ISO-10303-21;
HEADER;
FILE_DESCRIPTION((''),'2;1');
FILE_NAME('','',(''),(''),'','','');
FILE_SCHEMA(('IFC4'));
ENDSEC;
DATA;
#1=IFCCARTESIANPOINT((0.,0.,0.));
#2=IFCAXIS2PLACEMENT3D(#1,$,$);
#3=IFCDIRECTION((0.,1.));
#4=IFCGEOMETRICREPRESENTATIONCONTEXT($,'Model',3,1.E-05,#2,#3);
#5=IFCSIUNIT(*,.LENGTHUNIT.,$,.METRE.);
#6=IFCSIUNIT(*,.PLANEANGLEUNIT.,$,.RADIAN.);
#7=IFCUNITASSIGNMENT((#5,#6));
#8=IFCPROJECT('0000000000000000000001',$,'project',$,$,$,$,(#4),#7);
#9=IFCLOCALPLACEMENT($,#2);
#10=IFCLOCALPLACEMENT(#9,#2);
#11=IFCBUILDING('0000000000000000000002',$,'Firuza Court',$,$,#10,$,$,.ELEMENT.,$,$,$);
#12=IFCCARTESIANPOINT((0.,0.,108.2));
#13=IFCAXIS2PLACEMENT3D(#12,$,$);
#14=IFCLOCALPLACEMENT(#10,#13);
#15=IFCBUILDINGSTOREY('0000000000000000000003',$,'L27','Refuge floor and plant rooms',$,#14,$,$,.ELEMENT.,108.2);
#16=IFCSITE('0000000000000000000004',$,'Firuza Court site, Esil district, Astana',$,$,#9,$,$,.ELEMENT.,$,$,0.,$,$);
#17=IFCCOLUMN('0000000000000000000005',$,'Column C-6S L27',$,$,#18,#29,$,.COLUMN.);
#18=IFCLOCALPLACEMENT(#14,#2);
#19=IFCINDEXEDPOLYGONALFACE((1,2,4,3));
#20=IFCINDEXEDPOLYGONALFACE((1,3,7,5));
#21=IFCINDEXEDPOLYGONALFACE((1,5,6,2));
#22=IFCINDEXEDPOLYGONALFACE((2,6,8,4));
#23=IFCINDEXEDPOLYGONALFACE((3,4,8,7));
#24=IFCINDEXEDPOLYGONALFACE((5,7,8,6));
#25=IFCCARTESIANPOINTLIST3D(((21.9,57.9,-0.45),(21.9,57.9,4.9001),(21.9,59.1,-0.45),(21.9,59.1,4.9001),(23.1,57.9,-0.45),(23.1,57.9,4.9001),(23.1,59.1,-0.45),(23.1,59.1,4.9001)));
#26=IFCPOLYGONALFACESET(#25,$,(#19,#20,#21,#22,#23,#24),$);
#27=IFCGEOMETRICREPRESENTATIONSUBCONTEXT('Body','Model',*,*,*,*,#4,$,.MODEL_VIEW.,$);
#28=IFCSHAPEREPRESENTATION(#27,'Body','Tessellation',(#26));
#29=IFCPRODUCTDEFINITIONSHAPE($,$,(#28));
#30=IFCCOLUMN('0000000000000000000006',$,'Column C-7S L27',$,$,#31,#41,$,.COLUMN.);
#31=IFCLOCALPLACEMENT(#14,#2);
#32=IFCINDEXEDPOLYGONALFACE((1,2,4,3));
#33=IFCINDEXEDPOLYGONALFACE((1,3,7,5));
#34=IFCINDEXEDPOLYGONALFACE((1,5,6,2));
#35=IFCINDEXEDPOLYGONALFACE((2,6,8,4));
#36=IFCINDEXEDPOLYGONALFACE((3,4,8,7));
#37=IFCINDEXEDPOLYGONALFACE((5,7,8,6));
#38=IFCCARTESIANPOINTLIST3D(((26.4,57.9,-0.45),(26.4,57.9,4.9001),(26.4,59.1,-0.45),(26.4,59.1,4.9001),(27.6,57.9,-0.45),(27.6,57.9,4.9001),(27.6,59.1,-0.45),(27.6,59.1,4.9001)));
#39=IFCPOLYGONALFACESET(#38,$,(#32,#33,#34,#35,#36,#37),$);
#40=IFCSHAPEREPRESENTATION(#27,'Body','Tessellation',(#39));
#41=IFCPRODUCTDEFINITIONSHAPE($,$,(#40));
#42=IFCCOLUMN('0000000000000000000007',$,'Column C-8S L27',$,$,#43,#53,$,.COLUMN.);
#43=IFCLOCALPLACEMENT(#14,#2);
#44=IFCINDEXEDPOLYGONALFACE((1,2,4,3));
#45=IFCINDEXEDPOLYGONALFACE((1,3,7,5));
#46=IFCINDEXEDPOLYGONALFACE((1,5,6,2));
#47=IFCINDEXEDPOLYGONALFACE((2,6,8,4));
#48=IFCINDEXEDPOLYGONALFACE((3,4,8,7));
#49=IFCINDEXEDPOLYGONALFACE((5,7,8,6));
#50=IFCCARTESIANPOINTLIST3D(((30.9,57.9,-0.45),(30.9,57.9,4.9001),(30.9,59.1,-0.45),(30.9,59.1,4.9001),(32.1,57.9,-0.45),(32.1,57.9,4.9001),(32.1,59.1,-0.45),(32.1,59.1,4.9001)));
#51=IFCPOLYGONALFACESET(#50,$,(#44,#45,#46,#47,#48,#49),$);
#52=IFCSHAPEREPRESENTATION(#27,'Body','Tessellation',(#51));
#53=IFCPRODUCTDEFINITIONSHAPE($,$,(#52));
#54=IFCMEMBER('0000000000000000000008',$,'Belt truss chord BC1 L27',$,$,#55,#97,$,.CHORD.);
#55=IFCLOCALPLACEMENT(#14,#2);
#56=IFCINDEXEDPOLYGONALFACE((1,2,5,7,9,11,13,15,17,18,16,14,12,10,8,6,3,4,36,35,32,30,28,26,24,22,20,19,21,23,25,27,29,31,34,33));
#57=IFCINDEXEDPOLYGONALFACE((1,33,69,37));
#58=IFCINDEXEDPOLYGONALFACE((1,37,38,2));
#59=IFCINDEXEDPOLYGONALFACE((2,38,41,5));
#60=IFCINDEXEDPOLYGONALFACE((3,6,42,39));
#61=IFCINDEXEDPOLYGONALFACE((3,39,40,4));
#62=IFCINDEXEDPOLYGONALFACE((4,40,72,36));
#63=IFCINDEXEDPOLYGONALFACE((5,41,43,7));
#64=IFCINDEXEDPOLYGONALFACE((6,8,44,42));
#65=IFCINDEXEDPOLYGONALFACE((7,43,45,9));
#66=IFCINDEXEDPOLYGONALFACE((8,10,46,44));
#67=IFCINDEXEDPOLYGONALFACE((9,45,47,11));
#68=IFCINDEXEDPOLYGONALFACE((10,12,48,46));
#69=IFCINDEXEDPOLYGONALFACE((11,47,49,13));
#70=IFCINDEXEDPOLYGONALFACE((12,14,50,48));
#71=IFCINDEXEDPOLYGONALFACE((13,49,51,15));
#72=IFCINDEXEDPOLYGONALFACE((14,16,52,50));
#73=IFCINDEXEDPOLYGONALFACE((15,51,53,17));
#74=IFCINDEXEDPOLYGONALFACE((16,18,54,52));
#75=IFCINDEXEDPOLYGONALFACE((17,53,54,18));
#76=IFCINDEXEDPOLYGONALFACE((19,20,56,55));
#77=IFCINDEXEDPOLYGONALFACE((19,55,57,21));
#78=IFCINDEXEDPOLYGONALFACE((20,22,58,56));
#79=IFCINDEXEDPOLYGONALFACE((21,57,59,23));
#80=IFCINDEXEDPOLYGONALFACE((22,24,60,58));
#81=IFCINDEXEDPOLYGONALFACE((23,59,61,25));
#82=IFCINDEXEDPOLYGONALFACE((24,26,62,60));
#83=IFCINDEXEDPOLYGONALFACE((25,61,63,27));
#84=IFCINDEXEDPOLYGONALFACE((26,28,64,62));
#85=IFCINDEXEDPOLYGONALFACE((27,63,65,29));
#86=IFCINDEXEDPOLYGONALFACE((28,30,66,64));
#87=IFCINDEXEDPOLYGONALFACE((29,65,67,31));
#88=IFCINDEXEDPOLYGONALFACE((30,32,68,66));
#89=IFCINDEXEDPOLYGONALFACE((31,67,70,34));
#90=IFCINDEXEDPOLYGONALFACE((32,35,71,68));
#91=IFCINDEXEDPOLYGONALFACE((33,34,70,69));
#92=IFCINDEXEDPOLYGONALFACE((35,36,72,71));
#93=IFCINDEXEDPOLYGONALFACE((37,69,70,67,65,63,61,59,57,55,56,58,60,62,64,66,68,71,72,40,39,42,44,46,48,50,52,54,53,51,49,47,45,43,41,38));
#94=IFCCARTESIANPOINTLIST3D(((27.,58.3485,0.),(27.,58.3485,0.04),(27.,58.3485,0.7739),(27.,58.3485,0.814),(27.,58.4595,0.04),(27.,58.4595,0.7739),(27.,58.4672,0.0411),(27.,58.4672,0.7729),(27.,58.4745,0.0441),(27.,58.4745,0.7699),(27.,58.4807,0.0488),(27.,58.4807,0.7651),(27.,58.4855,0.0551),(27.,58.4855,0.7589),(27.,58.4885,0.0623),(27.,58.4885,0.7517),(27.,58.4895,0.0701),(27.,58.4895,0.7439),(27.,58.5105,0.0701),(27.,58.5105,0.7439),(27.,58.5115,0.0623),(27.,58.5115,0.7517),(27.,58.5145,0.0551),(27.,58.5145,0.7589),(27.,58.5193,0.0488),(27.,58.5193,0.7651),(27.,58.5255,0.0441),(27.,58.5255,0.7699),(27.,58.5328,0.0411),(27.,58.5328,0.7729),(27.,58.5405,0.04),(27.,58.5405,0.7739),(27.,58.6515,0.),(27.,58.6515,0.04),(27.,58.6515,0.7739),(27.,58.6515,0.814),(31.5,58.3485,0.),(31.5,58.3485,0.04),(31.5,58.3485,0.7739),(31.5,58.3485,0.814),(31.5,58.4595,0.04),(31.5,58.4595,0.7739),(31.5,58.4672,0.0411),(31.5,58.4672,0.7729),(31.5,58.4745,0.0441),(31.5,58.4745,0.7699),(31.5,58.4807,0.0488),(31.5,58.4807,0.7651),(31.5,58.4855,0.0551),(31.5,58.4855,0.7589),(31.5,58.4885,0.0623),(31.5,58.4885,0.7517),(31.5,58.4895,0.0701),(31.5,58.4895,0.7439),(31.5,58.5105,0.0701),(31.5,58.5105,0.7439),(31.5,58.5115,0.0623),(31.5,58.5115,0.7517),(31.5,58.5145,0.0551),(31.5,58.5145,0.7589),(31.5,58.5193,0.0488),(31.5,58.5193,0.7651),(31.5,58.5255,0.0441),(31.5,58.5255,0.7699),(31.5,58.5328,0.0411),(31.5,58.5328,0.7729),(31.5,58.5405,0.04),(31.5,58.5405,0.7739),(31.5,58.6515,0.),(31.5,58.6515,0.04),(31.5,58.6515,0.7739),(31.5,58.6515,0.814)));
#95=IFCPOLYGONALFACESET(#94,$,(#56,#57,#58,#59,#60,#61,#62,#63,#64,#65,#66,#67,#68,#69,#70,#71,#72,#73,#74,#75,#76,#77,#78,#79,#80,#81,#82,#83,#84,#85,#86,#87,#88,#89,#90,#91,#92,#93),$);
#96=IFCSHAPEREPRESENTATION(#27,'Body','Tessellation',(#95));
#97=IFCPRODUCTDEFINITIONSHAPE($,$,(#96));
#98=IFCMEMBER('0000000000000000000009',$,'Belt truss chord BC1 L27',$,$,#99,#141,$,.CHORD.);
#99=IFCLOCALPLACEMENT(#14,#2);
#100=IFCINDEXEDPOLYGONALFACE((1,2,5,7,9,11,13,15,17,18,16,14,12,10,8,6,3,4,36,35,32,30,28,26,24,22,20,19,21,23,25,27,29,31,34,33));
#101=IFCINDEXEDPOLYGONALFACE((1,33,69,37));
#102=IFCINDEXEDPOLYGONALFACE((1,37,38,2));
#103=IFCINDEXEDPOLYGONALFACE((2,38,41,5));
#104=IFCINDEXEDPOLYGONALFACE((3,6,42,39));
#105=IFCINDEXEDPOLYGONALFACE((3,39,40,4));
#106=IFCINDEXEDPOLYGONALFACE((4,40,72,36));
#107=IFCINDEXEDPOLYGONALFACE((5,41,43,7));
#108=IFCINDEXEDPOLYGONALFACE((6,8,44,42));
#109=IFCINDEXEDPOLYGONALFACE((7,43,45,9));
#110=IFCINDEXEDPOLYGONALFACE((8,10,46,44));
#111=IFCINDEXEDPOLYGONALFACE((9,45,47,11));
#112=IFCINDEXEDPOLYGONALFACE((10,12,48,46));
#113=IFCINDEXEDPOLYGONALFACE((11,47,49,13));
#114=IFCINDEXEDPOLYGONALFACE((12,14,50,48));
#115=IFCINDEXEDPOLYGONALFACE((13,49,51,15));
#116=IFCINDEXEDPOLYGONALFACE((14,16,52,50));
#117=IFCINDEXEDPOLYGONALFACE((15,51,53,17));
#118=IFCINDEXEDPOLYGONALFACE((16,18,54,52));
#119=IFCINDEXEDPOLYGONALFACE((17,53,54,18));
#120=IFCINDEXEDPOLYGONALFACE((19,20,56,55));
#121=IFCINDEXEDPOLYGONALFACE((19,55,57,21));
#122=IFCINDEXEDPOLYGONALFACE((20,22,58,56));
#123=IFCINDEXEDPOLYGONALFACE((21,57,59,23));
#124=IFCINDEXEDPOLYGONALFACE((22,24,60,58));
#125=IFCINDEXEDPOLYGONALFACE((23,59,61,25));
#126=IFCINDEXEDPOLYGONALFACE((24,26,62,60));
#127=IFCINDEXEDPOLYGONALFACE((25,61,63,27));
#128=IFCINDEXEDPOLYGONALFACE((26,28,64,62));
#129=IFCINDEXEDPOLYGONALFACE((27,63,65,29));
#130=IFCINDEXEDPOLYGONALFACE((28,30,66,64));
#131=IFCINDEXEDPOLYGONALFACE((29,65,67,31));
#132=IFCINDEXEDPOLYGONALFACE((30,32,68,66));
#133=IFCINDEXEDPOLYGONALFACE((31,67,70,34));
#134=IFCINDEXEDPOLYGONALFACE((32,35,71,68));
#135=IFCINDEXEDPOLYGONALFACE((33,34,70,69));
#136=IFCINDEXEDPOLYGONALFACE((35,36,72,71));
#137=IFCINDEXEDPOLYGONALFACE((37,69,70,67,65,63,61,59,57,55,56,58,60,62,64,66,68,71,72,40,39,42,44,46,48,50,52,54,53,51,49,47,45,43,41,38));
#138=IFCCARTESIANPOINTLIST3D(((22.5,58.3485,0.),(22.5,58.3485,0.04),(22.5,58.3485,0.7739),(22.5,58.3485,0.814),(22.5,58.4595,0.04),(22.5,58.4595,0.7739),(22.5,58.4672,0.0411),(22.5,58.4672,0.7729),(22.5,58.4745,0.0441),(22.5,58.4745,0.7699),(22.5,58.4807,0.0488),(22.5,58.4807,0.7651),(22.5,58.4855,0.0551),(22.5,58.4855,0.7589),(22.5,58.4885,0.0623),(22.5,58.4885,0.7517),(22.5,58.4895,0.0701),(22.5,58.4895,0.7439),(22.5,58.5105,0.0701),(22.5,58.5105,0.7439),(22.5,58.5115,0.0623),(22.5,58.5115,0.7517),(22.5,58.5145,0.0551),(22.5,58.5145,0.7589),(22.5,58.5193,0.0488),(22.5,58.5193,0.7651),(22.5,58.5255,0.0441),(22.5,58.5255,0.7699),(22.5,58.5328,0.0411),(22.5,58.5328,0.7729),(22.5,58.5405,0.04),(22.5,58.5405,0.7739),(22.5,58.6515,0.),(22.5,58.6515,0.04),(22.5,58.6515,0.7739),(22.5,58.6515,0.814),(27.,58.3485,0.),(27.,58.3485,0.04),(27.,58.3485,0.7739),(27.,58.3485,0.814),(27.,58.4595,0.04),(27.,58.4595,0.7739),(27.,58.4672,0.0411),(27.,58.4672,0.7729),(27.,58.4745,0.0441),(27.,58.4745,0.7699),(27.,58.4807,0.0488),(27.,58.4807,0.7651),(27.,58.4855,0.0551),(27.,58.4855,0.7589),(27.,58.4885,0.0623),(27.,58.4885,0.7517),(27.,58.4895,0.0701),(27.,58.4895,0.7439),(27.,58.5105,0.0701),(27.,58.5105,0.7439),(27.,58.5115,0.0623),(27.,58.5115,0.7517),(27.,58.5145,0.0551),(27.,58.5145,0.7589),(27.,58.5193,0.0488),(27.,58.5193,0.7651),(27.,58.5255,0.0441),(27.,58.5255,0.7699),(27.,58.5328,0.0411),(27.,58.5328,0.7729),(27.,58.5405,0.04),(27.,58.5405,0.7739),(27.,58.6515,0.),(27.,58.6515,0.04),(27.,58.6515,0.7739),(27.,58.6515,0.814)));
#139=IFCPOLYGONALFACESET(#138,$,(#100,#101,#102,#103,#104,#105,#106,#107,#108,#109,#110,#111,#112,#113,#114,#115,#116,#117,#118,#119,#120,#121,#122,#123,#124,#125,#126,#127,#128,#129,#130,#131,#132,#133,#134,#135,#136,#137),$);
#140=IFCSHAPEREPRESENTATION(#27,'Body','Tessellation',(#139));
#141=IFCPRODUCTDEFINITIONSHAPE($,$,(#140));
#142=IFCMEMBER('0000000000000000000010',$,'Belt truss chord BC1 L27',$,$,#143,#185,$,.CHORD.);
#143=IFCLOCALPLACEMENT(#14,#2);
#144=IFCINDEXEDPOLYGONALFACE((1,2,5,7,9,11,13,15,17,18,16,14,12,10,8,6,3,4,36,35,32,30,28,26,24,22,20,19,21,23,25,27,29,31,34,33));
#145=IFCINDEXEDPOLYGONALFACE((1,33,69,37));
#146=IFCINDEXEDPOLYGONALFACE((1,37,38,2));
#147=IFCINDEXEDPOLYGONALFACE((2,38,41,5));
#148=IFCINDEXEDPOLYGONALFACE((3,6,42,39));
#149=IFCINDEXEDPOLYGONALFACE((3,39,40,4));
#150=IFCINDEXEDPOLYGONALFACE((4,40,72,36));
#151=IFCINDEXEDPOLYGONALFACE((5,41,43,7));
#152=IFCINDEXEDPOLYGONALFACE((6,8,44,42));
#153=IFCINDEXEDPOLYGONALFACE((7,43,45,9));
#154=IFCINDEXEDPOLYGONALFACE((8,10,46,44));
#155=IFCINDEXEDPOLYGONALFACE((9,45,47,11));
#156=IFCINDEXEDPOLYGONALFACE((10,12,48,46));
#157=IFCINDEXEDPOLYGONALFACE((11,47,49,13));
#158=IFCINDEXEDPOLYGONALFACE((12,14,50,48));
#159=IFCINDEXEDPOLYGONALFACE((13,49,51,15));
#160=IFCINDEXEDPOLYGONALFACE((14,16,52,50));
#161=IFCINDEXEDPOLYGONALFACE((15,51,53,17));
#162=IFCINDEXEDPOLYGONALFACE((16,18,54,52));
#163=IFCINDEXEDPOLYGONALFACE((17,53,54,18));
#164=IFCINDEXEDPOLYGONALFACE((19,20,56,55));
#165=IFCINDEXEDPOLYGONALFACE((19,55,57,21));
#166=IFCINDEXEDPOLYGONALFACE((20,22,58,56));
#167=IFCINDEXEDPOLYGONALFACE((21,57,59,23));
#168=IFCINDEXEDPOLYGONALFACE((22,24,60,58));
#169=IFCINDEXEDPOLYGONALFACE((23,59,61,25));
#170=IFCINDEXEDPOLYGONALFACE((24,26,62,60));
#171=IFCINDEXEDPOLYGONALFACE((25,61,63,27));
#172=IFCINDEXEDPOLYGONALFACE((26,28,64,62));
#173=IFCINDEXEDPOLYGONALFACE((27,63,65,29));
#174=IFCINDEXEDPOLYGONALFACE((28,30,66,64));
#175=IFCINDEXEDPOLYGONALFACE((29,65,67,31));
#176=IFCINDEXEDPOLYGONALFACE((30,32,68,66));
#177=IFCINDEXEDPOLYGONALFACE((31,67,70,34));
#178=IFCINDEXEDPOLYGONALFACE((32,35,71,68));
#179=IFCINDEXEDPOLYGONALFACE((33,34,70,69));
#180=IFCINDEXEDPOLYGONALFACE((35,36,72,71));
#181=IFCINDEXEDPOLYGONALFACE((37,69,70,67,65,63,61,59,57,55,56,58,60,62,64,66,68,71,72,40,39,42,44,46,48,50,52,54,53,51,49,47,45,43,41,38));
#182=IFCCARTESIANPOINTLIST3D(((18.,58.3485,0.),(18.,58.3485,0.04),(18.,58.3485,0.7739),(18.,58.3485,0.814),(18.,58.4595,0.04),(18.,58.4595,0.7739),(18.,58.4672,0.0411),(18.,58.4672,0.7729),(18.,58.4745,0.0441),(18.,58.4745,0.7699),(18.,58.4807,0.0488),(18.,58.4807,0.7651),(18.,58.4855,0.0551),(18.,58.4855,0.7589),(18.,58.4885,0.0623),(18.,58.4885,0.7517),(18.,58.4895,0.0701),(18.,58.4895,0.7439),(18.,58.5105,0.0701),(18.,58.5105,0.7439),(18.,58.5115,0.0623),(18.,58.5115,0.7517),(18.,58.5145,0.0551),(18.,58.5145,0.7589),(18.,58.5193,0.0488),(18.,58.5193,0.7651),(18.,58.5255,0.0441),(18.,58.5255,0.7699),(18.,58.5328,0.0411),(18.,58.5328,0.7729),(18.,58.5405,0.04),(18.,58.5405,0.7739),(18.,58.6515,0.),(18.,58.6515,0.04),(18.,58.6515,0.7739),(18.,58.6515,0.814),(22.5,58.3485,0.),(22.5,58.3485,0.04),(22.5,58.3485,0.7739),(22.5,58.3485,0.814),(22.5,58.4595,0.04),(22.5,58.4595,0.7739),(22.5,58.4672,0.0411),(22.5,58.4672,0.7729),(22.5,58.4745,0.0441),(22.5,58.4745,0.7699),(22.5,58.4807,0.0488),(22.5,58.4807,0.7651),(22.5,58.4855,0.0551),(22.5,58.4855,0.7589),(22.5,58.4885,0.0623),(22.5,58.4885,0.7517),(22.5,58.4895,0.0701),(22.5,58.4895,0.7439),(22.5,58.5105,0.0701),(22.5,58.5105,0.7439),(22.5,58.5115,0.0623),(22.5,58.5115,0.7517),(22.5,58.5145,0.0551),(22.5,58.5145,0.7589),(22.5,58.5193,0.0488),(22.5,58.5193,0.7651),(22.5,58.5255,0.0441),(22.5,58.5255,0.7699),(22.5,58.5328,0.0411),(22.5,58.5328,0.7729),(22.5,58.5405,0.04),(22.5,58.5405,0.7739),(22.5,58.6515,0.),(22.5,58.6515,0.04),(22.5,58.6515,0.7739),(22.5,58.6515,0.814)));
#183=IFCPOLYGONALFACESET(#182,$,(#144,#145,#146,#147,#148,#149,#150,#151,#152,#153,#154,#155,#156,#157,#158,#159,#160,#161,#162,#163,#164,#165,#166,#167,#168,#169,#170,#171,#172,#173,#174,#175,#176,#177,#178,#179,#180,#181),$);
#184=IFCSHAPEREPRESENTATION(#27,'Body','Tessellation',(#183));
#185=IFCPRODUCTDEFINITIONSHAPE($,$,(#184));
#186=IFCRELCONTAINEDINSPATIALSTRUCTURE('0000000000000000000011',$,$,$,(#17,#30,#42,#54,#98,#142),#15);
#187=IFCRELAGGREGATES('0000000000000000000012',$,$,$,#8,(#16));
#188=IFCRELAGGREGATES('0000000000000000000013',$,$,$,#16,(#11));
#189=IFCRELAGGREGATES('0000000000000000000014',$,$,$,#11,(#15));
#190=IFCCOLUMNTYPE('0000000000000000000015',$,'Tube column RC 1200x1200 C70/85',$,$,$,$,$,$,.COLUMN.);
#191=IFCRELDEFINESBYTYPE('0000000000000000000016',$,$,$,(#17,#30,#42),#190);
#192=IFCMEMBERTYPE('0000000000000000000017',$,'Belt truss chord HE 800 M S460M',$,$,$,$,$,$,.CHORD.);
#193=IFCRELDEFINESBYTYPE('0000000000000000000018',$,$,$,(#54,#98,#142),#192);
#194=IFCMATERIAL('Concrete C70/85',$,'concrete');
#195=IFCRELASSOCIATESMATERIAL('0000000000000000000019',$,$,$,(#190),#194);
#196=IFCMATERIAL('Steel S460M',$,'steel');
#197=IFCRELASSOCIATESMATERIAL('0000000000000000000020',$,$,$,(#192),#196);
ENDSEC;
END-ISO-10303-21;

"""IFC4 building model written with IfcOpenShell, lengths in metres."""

from ifc_helpers import new_model, si_unit, direction, frame, origin, origin_2d, place, context, subcontext, project, spatial, rectangle, i_section, extrude, material, material_profile, profile_set, type_object, element, save


model = new_model("IFC4")

# Units and contexts
model_context = context("Model", 3, precision=1e-05, world=origin(), true_north=direction((0.0, 1.0)))
body_context = subcontext(model_context, "Body", "Model", "MODEL_VIEW")
ifc_project = project(units=[si_unit("LENGTHUNIT", "METRE"), si_unit("PLANEANGLEUNIT", "RADIAN")], contexts=[model_context])

# Site, building, storey
site_placement = place(None, origin())
site = spatial("IfcSite", under=ifc_project, at=site_placement, Name="Firuza Court site, Esil district, Astana", CompositionType="ELEMENT", RefElevation=0.0)
building_placement = place(site_placement, origin())
building = spatial("IfcBuilding", under=site, at=building_placement, Name="Firuza Court", CompositionType="ELEMENT")
storey_placement = place(building_placement, frame((0.0, 0.0, 108.2)))
storey = spatial("IfcBuildingStorey", under=building, at=storey_placement, Name="L27", Description="Refuge floor and plant rooms", CompositionType="ELEMENT", Elevation=108.2)

# Columns
ifc_material_1 = material(Name="Concrete C70/85", Category="concrete")
ifc_material_profile_1 = material_profile(ifc_material_1, rectangle(XDim=1.2, YDim=1.2, at=origin_2d()), Name="RC 1200x1200")
ifc_profile_set_1 = profile_set([ifc_material_profile_1], Name="Concrete C70/85")
column_type = type_object("IfcColumnType", Name="Tube column RC 1200x1200 C70/85", PredefinedType="COLUMN", material=ifc_profile_set_1)
for number, where, z_axis, x_axis, name in (
    (1, (22.5, 58.5, -0.45), (0.0, 0.0, 1.0), (1.0, 0.0, 0.0), "Column C-6S L27"),
    (2, (27.0, 58.5, -0.45), (0.0, 0.0, 1.0), (1.0, 0.0, 0.0), "Column C-7S L27"),
    (3, (31.5, 58.5, -0.45), (0.0, 0.0, 1.0), (1.0, 0.0, 0.0), "Column C-8S L27"),
):
    element("IfcColumn", number, at=place(storey_placement, frame(where, z_axis=z_axis, x_axis=x_axis)), inside=storey, type_object=column_type, Name=name, PredefinedType="COLUMN", context=body_context, shape_type="SweptSolid", body=[
        extrude(rectangle(XDim=1.2, YDim=1.2, at=origin_2d()), origin(), (0.0, 0.0, 1.0), 5.3501),
    ])

# Members
ifc_material_2 = material(Name="Steel S460M", Category="steel")
ifc_material_profile_2 = material_profile(ifc_material_2, i_section(OverallWidth=0.303, OverallDepth=0.814, WebThickness=0.021, FlangeThickness=0.04, FilletRadius=0.03, at=origin_2d()), Name="HE 800 M")
ifc_profile_set_2 = profile_set([ifc_material_profile_2], Name="Steel S460M")
member_type_1 = type_object("IfcMemberType", Name="Belt truss chord HE 800 M S460M", PredefinedType="CHORD", material=ifc_profile_set_2)
for number, where, z_axis, x_axis, name in (
    (4, (31.5, 58.5, 0.407), (-1.0, 0.0, 0.0), (0.0, -1.0, 0.0), "Belt truss chord BC1 L27"),
    (5, (27.0, 58.5, 0.407), (-1.0, 0.0, 0.0), (0.0, -1.0, 0.0), "Belt truss chord BC1 L27"),
    (6, (22.5, 58.5, 0.407), (-1.0, 0.0, 0.0), (0.0, -1.0, 0.0), "Belt truss chord BC1 L27"),
):
    element("IfcMember", number, at=place(storey_placement, frame(where, z_axis=z_axis, x_axis=x_axis)), inside=storey, type_object=member_type_1, Name=name, PredefinedType="CHORD", context=body_context, shape_type="SweptSolid", body=[
        extrude(i_section(OverallWidth=0.303, OverallDepth=0.814, WebThickness=0.021, FlangeThickness=0.04, FilletRadius=0.03, at=origin_2d()), origin(), (0.0, 0.0, 1.0), 4.5),
    ])

save(model, "model.ifc")
